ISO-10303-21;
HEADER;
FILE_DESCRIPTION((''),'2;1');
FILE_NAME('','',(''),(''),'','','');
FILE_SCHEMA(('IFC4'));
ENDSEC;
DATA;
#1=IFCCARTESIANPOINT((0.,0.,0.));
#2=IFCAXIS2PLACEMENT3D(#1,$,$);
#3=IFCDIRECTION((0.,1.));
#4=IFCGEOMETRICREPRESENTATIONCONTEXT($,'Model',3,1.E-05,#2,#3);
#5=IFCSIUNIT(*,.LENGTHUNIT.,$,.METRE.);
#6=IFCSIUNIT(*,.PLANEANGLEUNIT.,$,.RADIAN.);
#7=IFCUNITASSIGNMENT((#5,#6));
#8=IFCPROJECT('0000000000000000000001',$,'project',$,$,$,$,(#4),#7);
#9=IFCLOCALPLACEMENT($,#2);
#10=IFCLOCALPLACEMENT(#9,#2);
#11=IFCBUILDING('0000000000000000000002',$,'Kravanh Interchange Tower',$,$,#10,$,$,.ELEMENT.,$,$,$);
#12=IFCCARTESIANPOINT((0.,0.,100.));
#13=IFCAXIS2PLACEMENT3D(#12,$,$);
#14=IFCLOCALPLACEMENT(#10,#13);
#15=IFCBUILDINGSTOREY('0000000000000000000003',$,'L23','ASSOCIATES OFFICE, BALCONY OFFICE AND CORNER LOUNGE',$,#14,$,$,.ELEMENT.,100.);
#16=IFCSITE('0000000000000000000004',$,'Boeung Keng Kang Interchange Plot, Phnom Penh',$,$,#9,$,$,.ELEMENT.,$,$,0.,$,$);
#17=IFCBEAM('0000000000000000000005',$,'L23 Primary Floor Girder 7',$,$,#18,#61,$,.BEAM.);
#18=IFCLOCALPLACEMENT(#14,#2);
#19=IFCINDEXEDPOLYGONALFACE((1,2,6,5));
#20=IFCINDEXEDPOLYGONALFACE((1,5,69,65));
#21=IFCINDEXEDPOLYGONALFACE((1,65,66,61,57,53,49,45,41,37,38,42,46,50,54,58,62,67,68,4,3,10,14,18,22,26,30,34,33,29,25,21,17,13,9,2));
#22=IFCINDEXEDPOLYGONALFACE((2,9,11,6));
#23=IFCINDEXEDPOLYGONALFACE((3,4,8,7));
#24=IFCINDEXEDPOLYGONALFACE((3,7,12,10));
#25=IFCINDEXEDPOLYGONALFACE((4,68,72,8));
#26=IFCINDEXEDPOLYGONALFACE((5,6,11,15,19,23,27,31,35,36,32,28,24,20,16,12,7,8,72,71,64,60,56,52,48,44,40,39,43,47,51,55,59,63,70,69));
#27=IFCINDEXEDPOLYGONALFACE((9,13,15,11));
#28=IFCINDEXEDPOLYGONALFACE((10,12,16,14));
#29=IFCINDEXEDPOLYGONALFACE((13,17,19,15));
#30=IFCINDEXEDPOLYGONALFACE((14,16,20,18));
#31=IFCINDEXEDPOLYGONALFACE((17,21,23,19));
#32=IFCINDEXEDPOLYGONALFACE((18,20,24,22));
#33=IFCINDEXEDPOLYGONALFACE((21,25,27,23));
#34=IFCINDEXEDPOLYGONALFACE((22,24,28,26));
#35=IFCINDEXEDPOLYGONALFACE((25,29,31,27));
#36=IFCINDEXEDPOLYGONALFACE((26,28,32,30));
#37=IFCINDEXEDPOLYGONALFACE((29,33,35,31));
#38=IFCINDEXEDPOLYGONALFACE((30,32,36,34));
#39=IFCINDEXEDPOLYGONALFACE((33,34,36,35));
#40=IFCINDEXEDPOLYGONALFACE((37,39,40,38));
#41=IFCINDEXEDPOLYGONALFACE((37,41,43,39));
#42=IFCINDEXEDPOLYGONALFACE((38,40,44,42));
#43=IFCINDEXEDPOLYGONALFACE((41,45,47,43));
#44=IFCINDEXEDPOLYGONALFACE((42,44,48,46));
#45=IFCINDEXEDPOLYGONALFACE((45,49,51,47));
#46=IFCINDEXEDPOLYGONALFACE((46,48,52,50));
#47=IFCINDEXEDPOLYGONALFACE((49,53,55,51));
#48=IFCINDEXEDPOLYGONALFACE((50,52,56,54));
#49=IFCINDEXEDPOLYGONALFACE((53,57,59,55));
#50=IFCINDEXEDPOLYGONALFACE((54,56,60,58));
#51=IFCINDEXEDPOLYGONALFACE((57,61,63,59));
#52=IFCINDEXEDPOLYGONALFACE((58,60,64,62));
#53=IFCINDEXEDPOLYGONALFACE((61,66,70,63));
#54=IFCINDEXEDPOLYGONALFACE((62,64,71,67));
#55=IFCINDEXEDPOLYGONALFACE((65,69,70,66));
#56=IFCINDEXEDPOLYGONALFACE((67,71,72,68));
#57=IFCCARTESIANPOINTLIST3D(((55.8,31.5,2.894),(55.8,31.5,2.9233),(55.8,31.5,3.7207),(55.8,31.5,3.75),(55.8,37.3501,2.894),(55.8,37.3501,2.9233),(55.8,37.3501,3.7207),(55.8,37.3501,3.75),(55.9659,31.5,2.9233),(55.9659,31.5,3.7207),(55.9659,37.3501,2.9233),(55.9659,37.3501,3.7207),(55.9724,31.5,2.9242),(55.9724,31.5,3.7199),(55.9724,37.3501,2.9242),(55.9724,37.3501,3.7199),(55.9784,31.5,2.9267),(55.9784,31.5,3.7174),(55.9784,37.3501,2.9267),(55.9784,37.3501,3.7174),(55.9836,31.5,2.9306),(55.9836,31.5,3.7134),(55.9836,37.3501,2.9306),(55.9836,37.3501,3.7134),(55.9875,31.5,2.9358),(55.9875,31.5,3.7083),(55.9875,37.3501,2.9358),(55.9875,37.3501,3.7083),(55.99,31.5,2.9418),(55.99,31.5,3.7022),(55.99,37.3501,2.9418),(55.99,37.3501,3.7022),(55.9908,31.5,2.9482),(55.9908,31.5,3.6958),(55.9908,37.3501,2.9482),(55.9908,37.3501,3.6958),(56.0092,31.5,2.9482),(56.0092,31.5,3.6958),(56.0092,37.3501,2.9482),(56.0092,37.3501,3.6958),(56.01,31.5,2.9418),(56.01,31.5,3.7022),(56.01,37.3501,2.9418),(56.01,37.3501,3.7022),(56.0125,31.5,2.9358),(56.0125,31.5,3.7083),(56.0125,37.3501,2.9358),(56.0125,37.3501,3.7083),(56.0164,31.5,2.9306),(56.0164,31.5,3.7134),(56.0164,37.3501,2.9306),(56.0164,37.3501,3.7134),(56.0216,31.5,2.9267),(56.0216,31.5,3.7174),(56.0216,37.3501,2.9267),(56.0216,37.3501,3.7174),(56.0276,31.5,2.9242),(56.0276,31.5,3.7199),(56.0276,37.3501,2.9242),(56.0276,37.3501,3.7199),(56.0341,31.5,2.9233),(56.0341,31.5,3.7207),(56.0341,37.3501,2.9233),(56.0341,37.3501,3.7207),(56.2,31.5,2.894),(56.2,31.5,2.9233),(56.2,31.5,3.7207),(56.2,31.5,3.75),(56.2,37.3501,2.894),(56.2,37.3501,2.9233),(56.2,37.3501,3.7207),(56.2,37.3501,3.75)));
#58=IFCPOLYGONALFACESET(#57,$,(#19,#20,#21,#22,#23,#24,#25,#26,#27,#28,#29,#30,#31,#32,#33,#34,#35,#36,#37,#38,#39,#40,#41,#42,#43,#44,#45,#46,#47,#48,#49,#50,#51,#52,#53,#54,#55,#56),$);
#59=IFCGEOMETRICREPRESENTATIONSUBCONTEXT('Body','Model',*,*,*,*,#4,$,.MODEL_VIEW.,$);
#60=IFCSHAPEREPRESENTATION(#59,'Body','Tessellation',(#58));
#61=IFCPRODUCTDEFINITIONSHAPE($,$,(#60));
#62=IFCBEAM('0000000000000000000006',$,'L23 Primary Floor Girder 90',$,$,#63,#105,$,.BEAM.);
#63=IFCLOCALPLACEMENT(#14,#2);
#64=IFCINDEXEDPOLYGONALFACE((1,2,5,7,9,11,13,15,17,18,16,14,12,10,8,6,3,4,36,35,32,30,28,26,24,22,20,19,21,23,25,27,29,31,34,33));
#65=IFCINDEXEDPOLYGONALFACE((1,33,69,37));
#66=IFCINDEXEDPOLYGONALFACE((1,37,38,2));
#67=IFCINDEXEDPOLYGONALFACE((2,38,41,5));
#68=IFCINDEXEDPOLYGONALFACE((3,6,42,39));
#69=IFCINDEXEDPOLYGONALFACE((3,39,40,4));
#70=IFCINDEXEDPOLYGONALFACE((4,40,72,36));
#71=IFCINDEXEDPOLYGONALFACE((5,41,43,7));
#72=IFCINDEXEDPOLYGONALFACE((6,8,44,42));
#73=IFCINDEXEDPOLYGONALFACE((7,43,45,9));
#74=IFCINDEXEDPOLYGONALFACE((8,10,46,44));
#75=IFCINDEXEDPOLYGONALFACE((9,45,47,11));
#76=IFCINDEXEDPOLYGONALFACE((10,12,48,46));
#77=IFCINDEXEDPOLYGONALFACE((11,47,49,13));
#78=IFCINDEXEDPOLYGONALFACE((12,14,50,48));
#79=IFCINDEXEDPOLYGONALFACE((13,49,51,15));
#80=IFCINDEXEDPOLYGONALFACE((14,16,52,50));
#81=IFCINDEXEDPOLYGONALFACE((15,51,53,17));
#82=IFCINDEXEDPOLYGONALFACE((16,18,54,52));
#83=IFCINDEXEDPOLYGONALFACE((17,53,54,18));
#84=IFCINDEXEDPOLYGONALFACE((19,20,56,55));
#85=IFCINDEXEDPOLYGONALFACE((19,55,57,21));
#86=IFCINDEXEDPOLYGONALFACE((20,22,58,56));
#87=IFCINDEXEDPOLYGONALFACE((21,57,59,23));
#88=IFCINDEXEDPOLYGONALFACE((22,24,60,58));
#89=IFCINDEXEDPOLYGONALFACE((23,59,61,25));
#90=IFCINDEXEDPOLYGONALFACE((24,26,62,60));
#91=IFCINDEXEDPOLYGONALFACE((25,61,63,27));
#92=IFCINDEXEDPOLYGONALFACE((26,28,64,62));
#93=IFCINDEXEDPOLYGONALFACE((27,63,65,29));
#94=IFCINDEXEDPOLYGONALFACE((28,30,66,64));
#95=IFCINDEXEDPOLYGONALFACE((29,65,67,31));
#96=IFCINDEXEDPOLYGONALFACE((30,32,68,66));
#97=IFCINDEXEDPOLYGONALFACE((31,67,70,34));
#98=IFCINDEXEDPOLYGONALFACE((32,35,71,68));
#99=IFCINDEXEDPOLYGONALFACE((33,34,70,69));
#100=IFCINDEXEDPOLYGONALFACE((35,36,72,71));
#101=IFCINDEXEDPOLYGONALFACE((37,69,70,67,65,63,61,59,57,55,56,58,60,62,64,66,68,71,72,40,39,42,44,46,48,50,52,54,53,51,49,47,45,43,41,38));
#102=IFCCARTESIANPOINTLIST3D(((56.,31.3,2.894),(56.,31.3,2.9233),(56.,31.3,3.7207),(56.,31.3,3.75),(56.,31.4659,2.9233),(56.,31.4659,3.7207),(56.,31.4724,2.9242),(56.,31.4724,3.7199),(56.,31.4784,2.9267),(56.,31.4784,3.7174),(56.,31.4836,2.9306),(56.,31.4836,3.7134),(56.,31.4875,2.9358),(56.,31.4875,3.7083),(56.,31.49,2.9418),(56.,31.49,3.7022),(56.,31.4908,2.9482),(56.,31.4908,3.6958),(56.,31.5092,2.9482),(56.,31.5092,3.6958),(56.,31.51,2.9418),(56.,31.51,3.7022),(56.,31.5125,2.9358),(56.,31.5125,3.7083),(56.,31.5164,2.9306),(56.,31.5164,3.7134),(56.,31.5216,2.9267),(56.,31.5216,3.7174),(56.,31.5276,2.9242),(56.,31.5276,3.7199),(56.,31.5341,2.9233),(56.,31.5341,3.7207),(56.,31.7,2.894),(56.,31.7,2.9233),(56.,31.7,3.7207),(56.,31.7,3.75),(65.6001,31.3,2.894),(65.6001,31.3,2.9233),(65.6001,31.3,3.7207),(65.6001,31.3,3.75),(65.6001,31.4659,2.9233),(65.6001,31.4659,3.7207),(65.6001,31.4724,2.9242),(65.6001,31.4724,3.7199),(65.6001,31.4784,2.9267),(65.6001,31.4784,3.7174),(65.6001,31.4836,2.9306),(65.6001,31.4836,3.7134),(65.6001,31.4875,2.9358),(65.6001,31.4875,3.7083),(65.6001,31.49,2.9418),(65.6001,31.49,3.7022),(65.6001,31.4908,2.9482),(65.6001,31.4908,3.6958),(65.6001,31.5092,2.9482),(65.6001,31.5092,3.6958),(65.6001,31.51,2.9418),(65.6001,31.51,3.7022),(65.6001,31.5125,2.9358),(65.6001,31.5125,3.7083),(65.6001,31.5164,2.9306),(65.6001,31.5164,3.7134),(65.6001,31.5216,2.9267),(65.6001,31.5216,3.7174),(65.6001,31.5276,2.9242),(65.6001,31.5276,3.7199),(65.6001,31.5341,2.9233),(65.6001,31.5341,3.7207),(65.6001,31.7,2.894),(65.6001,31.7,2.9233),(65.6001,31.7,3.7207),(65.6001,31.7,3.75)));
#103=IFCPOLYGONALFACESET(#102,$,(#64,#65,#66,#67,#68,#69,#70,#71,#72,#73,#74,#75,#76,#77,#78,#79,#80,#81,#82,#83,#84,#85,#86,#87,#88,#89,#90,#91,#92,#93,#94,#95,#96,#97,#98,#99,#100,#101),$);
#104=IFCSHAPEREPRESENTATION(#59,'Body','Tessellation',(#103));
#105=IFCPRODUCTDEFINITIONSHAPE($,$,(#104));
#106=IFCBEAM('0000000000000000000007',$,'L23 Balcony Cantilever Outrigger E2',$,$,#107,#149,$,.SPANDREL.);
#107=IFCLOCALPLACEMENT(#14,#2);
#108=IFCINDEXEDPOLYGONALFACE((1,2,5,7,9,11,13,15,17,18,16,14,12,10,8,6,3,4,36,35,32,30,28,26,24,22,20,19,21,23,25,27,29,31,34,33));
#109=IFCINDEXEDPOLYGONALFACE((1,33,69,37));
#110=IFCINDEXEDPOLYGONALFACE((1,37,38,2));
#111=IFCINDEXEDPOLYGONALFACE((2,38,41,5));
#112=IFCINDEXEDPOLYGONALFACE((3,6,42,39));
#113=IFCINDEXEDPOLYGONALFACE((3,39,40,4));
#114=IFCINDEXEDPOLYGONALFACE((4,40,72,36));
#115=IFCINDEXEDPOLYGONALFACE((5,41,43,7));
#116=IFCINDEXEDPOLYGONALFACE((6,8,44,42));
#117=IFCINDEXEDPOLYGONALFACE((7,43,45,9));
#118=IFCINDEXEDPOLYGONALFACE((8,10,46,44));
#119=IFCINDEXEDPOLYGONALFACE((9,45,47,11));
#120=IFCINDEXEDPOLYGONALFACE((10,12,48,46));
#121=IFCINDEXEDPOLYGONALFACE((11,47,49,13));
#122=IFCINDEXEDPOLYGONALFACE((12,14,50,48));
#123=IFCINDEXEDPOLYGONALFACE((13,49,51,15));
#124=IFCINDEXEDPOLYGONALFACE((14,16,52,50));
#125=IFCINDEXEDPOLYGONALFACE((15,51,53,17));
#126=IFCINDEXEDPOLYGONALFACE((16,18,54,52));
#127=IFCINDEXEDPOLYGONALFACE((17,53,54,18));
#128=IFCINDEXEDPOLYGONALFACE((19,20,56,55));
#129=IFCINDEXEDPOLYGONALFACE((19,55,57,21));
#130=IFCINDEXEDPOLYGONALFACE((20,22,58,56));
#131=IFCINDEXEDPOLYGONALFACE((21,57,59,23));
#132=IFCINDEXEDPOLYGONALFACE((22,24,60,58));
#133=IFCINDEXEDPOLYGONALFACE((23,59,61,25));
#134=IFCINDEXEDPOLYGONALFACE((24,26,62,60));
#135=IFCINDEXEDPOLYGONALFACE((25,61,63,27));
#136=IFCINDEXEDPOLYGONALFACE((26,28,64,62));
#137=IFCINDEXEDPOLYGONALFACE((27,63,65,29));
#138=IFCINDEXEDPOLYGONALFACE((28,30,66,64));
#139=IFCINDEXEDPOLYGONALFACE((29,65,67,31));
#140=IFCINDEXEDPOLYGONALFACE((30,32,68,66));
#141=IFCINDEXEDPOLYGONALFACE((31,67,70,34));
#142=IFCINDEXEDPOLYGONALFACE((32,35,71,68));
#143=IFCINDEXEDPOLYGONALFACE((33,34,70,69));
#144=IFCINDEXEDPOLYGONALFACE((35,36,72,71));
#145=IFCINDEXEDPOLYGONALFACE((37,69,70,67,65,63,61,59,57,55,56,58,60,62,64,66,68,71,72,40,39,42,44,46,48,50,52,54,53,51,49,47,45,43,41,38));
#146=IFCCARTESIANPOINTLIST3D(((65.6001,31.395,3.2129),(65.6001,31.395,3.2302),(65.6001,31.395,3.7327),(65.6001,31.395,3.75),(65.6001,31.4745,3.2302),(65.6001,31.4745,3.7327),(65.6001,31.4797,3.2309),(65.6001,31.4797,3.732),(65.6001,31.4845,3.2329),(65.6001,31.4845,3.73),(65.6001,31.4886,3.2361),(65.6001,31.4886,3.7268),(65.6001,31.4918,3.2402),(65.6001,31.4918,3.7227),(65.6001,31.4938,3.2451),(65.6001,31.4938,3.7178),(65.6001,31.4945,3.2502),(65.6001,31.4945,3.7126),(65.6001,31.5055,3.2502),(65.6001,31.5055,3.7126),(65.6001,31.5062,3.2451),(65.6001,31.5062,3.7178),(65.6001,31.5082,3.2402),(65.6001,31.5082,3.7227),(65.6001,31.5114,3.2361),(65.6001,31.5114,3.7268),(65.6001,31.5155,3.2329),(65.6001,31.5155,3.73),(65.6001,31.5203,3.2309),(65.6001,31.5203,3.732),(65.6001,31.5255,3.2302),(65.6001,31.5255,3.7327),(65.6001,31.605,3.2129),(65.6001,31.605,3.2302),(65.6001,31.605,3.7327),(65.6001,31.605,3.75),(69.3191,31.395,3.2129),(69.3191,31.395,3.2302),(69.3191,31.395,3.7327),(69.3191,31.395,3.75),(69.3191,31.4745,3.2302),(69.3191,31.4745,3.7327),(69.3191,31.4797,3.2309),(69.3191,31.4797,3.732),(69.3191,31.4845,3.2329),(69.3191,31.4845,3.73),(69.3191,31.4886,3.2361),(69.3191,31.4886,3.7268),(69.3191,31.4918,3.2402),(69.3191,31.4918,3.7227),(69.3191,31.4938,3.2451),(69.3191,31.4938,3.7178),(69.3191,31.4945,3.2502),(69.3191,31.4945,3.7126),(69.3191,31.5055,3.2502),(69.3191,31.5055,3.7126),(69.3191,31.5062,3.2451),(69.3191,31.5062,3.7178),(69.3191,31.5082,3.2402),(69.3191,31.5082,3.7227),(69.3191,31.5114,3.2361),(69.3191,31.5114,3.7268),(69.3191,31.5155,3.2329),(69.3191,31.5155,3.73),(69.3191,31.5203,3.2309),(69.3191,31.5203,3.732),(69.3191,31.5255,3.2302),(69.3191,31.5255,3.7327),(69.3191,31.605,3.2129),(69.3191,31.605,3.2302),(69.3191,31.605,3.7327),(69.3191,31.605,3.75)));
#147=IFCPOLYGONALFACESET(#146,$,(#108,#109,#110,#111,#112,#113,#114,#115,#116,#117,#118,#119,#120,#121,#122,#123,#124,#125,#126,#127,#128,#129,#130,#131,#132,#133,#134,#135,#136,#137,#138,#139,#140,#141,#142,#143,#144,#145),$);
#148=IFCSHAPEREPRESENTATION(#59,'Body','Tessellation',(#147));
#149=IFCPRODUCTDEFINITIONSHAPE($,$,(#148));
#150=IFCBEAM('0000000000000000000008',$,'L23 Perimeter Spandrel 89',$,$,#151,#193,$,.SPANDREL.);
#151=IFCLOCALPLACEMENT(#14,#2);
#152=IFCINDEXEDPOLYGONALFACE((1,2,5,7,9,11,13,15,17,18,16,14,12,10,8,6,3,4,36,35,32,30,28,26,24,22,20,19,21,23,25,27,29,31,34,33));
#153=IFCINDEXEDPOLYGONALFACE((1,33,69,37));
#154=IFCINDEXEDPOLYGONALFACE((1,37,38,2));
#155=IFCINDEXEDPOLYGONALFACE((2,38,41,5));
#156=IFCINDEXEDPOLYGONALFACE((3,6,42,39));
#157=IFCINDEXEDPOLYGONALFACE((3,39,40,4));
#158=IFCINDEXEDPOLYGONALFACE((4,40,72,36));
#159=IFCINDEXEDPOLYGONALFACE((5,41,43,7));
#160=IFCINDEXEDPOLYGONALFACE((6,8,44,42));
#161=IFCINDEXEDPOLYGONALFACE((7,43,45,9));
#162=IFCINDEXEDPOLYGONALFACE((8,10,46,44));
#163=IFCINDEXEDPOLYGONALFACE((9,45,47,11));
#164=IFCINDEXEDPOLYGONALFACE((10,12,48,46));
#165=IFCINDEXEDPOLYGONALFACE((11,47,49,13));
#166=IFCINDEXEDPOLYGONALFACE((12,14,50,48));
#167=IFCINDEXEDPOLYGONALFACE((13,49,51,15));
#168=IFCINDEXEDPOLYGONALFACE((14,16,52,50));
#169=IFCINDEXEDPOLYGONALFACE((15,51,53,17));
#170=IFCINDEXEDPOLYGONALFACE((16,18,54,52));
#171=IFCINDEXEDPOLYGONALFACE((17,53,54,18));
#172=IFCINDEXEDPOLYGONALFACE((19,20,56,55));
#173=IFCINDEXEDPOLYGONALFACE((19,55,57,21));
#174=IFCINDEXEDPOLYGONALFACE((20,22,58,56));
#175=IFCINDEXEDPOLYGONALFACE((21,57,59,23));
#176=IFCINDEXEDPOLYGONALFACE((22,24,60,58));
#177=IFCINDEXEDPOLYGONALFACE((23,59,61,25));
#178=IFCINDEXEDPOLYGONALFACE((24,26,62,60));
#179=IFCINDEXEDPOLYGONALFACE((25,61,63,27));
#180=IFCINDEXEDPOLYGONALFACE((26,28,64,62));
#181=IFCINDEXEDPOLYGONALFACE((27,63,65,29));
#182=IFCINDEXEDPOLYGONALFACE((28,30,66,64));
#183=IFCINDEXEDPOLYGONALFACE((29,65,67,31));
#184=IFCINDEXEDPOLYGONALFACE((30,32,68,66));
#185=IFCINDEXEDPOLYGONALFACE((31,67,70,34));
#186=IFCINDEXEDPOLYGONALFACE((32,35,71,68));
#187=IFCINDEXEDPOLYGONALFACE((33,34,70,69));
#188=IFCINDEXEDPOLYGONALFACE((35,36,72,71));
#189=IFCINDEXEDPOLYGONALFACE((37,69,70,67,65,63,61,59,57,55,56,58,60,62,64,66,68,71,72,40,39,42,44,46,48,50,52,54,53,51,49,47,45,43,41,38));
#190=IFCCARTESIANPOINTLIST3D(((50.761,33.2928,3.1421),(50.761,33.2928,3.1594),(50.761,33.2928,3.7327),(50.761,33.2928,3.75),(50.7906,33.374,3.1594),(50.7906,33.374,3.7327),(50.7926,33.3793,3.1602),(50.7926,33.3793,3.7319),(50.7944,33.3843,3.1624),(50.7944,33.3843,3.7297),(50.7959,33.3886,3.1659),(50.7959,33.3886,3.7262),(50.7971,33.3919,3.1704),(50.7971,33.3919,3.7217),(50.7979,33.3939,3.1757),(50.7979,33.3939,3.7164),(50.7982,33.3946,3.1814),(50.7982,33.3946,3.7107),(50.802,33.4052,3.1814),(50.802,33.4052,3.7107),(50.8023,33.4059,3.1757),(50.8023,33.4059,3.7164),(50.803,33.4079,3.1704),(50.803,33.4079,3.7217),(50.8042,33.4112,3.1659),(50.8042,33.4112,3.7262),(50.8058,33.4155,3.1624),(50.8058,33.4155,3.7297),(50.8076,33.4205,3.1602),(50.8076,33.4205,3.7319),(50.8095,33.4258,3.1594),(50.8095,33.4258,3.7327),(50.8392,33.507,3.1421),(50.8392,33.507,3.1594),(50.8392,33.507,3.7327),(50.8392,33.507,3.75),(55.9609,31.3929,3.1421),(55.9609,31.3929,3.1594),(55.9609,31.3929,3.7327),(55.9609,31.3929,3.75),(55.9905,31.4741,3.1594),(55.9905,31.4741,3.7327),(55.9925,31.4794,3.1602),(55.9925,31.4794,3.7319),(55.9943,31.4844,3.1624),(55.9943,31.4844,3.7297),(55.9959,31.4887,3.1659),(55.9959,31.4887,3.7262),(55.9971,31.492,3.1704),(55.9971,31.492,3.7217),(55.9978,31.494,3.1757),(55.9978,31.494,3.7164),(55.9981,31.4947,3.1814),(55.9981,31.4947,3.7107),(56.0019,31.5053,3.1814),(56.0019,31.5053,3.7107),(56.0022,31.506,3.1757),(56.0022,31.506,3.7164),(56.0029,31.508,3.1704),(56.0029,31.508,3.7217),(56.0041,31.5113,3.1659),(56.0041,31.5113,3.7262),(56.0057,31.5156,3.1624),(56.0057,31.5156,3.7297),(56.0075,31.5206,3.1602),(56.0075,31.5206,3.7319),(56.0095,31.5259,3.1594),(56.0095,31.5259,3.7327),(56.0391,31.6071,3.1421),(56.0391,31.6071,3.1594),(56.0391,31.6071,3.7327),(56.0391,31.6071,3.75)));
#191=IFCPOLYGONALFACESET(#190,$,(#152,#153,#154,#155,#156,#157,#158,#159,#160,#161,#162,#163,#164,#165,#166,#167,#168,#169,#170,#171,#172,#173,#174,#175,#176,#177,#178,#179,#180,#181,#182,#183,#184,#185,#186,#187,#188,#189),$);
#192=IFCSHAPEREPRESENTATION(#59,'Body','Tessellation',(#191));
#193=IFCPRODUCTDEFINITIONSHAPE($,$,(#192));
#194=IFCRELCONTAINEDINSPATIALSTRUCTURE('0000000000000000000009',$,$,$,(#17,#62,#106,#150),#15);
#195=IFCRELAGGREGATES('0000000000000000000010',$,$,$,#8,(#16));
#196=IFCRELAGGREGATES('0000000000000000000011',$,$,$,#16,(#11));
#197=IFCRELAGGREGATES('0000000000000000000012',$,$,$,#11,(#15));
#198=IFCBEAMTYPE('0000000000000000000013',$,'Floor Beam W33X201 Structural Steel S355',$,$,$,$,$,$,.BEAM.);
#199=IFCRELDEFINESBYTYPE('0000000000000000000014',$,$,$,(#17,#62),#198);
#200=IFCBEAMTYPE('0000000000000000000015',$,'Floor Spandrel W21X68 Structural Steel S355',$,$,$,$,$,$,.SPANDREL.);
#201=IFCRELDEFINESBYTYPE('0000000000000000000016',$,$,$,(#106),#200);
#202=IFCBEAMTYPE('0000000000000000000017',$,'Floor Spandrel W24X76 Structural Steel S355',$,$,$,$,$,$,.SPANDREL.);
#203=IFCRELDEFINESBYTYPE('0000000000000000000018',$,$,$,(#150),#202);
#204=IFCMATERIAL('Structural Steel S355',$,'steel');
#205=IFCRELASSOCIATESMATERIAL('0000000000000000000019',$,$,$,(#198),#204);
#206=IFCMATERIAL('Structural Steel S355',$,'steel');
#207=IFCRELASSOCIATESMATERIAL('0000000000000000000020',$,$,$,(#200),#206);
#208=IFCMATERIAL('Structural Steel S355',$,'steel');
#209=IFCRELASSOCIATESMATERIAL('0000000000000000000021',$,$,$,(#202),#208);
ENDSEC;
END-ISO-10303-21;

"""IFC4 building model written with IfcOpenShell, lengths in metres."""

from ifc_helpers import new_model, si_unit, direction, frame, origin, origin_2d, place, context, subcontext, project, spatial, i_section, extrude, material, material_profile, profile_set, type_object, element, save


model = new_model("IFC4")

# Units and contexts
model_context = context("Model", 3, precision=1e-05, world=origin(), true_north=direction((0.0, 1.0)))
body_context = subcontext(model_context, "Body", "Model", "MODEL_VIEW")
ifc_project = project(units=[si_unit("LENGTHUNIT", "METRE"), si_unit("PLANEANGLEUNIT", "RADIAN")], contexts=[model_context])

# Site, building, storey
site_placement = place(None, origin())
site = spatial("IfcSite", under=ifc_project, at=site_placement, Name="Boeung Keng Kang Interchange Plot, Phnom Penh", CompositionType="ELEMENT", RefElevation=0.0)
building_placement = place(site_placement, origin())
building = spatial("IfcBuilding", under=site, at=building_placement, Name="Kravanh Interchange Tower", CompositionType="ELEMENT")
storey_placement = place(building_placement, frame((0.0, 0.0, 100.0)))
storey = spatial("IfcBuildingStorey", under=building, at=storey_placement, Name="L23", Description="ASSOCIATES OFFICE, BALCONY OFFICE AND CORNER LOUNGE", CompositionType="ELEMENT", Elevation=100.0)

# Beams
ifc_material_1 = material(Name="Structural Steel S355", Category="steel")
ifc_material_profile_1 = material_profile(ifc_material_1, i_section(OverallWidth=0.3999, OverallDepth=0.856, WebThickness=0.0183, FlangeThickness=0.0293, FilletRadius=0.0249, at=origin_2d()), Name="W33X201")
ifc_profile_set_1 = profile_set([ifc_material_profile_1], Name="Structural Steel S355")
beam_type_1 = type_object("IfcBeamType", Name="Floor Beam W33X201 Structural Steel S355", PredefinedType="BEAM", material=ifc_profile_set_1)
beam_1_placement = place(storey_placement, frame((56.0, 37.3501, 3.322), z_axis=(0.0, -1.0, 0.0), x_axis=(1.0, 0.0, 0.0)))
element("IfcBeam", 1, at=beam_1_placement, inside=storey, type_object=beam_type_1, Name="L23 Primary Floor Girder 7", PredefinedType="BEAM", context=body_context, shape_type="SweptSolid", body=[
    extrude(i_section(OverallWidth=0.3999, OverallDepth=0.856, WebThickness=0.0183, FlangeThickness=0.0293, FilletRadius=0.0249, at=origin_2d()), origin(), (0.0, 0.0, 1.0), 5.8501),
])
beam_2_placement = place(storey_placement, frame((56.0, 31.5, 3.322), z_axis=(1.0, 0.0, 0.0), x_axis=(0.0, 1.0, 0.0)))
element("IfcBeam", 2, at=beam_2_placement, inside=storey, type_object=beam_type_1, Name="L23 Primary Floor Girder 90", PredefinedType="BEAM", context=body_context, shape_type="SweptSolid", body=[
    extrude(i_section(OverallWidth=0.3999, OverallDepth=0.856, WebThickness=0.0183, FlangeThickness=0.0293, FilletRadius=0.0249, at=origin_2d()), origin(), (0.0, 0.0, 1.0), 9.6001),
])
ifc_material_2 = material(Name="Structural Steel S355", Category="steel")
ifc_material_profile_2 = material_profile(ifc_material_2, i_section(OverallWidth=0.21, OverallDepth=0.5371, WebThickness=0.011, FlangeThickness=0.0173, FilletRadius=0.02, at=origin_2d()), Name="W21X68")
ifc_profile_set_2 = profile_set([ifc_material_profile_2], Name="Structural Steel S355")
beam_type_2 = type_object("IfcBeamType", Name="Floor Spandrel W21X68 Structural Steel S355", PredefinedType="SPANDREL", material=ifc_profile_set_2)
beam_3_placement = place(storey_placement, frame((65.6001, 31.5, 3.4814), z_axis=(1.0, 0.0, 0.0), x_axis=(0.0, 1.0, 0.0)))
element("IfcBeam", 3, at=beam_3_placement, inside=storey, type_object=beam_type_2, Name="L23 Balcony Cantilever Outrigger E2", PredefinedType="SPANDREL", context=body_context, shape_type="SweptSolid", body=[
    extrude(i_section(OverallWidth=0.21, OverallDepth=0.5371, WebThickness=0.011, FlangeThickness=0.0173, FilletRadius=0.02, at=origin_2d()), origin(), (0.0, 0.0, 1.0), 3.719),
])
ifc_material_3 = material(Name="Structural Steel S355", Category="steel")
ifc_material_profile_3 = material_profile(ifc_material_3, i_section(OverallWidth=0.228, OverallDepth=0.6079, WebThickness=0.0112, FlangeThickness=0.0173, FilletRadius=0.022, at=origin_2d()), Name="W24X76")
ifc_profile_set_3 = profile_set([ifc_material_profile_3], Name="Structural Steel S355")
beam_type_3 = type_object("IfcBeamType", Name="Floor Spandrel W24X76 Structural Steel S355", PredefinedType="SPANDREL", material=ifc_profile_set_3)
beam_4_placement = place(storey_placement, frame((56.0, 31.5, 3.446), z_axis=(-0.93927, 0.34318, 0.0), x_axis=(-0.34318, -0.93927, 0.0)))
element("IfcBeam", 4, at=beam_4_placement, inside=storey, type_object=beam_type_3, Name="L23 Perimeter Spandrel 89", PredefinedType="SPANDREL", context=body_context, shape_type="SweptSolid", body=[
    extrude(i_section(OverallWidth=0.228, OverallDepth=0.6079, WebThickness=0.0112, FlangeThickness=0.0173, FilletRadius=0.022, at=origin_2d()), origin(), (0.0, 0.0, 1.0), 5.5361),
])

save(model, "model.ifc")
